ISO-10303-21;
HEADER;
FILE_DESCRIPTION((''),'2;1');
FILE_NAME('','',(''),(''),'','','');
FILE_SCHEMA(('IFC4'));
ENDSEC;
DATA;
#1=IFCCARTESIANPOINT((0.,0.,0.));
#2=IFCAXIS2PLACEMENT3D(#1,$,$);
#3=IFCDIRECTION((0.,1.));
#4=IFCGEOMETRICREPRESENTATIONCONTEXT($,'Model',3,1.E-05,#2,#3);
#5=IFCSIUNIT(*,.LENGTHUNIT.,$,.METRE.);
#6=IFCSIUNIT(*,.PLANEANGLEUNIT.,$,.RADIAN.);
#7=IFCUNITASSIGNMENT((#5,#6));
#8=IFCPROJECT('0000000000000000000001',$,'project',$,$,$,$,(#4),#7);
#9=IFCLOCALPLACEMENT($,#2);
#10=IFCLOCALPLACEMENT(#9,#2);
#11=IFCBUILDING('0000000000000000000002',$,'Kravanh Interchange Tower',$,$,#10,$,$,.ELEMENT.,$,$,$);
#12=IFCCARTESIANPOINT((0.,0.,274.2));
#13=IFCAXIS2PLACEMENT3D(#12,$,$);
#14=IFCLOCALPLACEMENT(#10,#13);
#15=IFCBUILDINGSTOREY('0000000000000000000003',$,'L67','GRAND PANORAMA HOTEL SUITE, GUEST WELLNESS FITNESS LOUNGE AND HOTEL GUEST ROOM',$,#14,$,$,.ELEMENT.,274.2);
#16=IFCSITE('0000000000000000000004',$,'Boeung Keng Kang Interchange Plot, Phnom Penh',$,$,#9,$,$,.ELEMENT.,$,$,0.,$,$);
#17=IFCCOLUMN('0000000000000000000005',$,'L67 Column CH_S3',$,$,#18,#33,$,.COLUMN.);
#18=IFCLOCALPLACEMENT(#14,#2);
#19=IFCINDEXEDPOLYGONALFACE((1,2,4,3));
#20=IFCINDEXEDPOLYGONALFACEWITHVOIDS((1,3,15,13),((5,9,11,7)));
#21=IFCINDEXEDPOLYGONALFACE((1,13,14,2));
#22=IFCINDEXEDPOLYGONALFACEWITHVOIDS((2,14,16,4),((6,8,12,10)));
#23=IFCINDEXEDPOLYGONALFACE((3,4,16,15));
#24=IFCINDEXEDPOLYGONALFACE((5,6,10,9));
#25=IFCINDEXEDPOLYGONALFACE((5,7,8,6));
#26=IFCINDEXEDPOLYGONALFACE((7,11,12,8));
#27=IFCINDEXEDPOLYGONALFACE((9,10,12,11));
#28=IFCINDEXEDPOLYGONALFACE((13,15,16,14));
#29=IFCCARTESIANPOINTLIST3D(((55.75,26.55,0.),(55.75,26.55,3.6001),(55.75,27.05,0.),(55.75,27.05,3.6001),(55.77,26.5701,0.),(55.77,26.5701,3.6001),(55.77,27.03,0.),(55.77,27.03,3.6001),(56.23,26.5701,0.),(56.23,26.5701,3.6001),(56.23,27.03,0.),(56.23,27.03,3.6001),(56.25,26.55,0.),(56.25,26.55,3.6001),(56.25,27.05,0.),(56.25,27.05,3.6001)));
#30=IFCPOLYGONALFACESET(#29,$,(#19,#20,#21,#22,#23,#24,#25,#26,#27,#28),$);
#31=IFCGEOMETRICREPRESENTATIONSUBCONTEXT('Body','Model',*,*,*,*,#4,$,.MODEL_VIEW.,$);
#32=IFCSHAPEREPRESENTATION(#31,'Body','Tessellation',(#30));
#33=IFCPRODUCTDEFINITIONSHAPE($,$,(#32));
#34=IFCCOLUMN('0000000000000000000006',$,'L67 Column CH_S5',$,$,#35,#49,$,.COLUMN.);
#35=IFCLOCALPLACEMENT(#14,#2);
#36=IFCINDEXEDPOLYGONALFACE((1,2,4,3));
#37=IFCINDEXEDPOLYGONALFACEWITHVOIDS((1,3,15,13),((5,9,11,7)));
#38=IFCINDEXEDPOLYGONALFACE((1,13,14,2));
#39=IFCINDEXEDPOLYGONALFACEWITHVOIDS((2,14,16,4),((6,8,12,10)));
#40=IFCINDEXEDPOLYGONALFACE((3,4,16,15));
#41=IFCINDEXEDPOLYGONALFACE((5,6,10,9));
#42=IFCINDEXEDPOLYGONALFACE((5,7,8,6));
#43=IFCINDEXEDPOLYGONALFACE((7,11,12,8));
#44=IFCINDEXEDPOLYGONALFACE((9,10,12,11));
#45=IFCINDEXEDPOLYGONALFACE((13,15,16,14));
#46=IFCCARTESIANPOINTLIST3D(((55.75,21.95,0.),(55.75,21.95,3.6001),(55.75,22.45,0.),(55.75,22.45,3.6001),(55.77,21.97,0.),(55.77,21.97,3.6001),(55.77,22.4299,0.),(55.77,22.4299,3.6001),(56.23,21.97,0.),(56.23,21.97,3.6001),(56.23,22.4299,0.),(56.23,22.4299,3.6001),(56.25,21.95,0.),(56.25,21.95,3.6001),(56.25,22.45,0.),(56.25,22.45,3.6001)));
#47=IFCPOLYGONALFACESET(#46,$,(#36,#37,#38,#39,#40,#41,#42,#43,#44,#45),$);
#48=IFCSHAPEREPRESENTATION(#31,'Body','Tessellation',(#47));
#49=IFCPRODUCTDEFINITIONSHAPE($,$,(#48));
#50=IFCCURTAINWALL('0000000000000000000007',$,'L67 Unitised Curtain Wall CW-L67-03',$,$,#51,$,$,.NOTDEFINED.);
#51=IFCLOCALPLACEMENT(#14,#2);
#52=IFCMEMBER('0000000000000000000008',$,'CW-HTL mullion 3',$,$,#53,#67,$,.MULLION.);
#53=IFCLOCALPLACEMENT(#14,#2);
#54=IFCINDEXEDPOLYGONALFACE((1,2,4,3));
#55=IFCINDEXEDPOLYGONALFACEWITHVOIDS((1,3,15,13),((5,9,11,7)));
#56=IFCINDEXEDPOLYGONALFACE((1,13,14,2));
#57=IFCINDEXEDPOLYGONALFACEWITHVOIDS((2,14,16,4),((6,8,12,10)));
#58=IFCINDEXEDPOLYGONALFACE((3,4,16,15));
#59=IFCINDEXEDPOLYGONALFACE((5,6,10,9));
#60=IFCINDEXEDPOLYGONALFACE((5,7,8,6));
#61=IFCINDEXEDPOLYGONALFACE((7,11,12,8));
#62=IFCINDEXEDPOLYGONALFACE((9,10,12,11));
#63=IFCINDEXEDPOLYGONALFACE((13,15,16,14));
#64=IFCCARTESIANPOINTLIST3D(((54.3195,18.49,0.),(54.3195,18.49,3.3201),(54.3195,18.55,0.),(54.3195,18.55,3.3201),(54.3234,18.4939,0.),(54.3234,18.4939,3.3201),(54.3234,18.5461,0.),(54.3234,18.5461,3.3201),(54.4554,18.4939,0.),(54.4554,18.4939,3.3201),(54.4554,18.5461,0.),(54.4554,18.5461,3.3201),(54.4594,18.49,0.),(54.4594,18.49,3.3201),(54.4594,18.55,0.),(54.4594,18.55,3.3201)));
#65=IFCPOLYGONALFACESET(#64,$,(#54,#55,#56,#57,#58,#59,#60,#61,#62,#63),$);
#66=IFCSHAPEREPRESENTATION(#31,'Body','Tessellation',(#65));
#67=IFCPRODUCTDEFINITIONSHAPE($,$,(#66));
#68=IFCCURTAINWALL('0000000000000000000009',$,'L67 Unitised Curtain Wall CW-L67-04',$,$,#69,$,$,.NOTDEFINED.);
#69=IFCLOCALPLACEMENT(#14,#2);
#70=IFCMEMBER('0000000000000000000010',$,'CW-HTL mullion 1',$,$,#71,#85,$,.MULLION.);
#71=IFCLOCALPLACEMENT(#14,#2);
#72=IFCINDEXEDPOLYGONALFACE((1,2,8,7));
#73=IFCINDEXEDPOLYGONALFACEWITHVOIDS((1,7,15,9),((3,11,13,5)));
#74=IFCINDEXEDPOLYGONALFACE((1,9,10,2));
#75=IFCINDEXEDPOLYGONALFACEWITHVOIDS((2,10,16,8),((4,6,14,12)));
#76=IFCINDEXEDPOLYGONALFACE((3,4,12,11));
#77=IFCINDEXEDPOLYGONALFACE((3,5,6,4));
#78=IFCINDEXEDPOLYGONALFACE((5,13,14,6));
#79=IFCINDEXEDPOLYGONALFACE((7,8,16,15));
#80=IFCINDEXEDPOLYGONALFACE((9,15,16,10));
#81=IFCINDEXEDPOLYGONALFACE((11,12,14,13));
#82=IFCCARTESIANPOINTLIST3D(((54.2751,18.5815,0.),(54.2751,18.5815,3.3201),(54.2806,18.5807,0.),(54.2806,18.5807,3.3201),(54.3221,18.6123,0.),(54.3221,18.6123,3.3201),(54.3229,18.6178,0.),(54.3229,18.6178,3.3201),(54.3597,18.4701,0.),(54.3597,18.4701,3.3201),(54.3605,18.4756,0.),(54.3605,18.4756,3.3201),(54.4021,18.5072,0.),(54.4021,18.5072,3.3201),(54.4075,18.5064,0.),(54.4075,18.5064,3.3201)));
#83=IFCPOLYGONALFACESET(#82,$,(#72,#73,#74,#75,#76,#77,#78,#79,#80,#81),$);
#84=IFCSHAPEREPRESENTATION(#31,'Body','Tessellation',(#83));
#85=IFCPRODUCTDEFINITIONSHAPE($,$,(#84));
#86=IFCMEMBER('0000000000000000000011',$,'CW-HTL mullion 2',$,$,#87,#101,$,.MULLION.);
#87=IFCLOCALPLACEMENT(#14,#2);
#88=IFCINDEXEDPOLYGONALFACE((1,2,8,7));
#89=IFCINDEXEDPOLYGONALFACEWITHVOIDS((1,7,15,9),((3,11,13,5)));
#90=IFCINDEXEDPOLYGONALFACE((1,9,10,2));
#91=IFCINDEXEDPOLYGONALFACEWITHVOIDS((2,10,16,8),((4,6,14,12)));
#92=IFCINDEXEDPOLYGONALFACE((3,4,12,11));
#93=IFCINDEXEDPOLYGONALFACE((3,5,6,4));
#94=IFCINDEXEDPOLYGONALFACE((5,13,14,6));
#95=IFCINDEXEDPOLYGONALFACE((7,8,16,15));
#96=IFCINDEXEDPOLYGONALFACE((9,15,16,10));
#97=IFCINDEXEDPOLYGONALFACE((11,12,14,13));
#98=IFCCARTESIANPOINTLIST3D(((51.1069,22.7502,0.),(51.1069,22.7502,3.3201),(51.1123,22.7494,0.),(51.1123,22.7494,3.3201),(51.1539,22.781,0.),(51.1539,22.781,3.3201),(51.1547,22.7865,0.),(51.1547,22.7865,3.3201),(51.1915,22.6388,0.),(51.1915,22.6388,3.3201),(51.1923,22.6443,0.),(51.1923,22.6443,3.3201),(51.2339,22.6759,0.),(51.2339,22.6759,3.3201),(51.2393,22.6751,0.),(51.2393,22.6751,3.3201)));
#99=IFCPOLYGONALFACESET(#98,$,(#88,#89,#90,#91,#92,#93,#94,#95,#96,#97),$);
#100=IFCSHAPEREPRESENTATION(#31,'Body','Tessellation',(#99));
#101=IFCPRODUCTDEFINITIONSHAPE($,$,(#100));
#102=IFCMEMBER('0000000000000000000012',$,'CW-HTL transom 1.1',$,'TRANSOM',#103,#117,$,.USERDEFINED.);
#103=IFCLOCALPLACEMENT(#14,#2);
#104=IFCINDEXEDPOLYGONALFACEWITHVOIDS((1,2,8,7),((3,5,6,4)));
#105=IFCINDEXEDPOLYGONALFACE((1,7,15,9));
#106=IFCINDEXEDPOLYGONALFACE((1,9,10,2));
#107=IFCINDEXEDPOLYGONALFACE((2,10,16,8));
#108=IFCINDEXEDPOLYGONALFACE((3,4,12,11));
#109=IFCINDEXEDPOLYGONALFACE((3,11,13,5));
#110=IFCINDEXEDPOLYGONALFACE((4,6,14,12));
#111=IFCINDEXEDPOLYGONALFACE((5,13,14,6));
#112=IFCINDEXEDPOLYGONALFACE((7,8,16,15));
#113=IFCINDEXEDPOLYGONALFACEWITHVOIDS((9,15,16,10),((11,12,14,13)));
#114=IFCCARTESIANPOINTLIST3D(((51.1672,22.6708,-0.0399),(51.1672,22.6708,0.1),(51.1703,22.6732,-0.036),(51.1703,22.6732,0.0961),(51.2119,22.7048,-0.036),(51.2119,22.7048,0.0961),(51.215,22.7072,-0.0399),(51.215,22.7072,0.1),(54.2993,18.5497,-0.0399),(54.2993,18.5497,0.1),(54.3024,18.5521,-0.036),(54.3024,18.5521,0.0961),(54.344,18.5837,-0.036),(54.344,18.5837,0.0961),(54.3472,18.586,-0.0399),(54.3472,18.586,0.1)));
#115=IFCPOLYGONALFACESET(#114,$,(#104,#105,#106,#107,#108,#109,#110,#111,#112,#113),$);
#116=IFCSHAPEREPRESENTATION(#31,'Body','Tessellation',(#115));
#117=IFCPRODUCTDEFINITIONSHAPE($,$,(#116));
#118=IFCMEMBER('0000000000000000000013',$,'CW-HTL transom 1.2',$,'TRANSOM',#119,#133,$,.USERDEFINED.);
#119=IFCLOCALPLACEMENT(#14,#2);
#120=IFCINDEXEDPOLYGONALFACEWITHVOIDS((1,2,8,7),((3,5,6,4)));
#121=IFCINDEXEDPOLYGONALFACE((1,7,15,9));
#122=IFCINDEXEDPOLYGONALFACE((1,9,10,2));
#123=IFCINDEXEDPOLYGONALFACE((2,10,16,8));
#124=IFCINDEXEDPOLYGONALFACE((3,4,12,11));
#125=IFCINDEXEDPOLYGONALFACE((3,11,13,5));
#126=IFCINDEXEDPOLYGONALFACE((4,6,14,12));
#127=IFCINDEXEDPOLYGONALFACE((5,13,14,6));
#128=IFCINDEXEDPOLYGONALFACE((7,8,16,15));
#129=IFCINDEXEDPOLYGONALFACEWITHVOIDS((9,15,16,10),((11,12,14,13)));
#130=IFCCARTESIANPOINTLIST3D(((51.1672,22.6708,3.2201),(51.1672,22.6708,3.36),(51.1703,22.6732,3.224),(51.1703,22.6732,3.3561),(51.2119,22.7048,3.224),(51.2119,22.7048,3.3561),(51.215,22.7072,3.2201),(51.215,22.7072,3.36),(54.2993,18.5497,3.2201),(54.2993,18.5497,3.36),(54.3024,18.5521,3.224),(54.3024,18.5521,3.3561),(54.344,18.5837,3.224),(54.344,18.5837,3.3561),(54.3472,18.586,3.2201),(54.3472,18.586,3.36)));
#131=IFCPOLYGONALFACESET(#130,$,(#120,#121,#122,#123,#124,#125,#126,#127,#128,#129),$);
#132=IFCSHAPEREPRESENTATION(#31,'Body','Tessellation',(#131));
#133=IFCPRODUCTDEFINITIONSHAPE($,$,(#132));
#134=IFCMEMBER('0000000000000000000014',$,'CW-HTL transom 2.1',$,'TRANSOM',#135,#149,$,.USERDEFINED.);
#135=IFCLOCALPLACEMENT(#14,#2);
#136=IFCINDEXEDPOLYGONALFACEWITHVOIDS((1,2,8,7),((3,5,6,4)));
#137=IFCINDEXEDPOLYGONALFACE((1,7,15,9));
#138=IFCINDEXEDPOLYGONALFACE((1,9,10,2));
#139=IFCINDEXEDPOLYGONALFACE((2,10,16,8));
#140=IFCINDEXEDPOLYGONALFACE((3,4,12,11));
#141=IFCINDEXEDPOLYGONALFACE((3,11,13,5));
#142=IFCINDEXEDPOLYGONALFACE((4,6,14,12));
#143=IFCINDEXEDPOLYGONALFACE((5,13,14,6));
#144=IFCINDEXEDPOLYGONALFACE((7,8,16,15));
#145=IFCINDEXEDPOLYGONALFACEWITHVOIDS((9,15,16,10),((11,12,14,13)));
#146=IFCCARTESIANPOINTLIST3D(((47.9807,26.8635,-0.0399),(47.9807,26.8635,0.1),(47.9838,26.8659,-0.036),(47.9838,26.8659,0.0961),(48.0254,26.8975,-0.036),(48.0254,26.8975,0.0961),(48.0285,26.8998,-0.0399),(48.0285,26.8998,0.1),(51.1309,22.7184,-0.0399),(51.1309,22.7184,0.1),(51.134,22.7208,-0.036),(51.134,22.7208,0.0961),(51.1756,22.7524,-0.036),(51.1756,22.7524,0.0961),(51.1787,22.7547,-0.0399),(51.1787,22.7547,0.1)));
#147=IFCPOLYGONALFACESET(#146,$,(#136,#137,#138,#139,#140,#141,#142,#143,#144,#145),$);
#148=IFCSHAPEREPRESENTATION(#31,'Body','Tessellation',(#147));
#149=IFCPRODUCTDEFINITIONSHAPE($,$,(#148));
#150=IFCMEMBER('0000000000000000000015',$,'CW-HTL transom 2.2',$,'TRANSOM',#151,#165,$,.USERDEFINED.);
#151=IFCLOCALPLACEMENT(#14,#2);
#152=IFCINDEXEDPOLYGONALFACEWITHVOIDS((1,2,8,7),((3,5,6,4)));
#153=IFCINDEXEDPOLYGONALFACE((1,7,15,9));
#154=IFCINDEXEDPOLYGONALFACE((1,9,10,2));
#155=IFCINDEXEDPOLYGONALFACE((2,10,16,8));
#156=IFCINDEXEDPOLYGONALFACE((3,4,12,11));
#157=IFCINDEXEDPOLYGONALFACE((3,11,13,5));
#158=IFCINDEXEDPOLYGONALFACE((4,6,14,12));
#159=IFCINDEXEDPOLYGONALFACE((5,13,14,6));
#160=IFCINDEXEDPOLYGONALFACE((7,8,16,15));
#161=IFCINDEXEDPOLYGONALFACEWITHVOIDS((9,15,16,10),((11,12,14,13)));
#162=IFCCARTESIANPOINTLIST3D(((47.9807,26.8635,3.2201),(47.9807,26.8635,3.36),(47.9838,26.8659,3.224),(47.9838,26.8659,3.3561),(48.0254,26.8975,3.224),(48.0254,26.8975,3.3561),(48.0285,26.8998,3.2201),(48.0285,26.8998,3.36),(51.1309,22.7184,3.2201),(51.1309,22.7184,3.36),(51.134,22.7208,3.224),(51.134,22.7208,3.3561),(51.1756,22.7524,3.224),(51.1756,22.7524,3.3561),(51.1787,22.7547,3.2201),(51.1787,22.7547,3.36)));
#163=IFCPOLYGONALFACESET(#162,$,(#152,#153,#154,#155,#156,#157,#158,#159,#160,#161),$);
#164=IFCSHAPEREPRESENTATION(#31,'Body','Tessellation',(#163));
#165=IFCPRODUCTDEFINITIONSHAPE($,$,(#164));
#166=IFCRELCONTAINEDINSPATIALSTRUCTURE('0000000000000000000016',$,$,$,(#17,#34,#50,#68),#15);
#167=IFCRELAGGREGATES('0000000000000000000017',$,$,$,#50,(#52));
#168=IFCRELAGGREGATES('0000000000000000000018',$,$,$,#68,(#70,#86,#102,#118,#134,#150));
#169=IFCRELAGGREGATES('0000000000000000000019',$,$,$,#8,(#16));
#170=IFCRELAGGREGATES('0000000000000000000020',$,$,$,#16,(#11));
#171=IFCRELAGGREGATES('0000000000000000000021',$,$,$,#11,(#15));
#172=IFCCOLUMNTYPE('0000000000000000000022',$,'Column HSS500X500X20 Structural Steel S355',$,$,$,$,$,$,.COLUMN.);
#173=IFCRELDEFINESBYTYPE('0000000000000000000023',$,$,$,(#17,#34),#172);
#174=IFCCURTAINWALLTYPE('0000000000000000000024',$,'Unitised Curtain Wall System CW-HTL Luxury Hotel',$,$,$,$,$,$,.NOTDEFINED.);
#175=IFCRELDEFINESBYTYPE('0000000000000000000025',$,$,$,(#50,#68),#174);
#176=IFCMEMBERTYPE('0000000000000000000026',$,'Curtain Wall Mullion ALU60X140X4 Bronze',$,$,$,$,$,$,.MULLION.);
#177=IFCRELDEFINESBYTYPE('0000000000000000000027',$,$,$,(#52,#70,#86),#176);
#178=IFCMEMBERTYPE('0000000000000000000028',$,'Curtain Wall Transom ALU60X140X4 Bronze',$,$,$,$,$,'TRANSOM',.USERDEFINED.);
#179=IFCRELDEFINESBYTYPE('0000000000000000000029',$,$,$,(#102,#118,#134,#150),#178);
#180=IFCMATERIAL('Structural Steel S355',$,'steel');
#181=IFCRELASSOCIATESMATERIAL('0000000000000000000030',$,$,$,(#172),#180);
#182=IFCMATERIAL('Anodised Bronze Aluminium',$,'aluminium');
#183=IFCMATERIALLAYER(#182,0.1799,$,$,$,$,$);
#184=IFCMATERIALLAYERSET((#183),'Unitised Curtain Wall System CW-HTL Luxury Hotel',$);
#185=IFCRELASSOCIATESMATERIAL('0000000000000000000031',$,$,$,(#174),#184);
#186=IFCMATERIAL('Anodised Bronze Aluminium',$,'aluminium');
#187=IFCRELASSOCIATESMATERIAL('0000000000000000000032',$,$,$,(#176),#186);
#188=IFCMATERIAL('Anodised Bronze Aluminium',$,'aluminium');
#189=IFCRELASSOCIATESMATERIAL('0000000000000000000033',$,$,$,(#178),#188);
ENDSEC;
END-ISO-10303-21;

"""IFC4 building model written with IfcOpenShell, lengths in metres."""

from ifc_helpers import new_model, si_unit, direction, frame, origin, origin_2d, place, context, subcontext, project, spatial, hollow_rectangle, extrude, material, layer, layer_set, material_profile, profile_set, type_object, element, aggregate, save


model = new_model("IFC4")

# Units and contexts
model_context = context("Model", 3, precision=1e-05, world=origin(), true_north=direction((0.0, 1.0)))
body_context = subcontext(model_context, "Body", "Model", "MODEL_VIEW")
ifc_project = project(units=[si_unit("LENGTHUNIT", "METRE"), si_unit("PLANEANGLEUNIT", "RADIAN")], contexts=[model_context])

# Site, building, storey
site_placement = place(None, origin())
site = spatial("IfcSite", under=ifc_project, at=site_placement, Name="Boeung Keng Kang Interchange Plot, Phnom Penh", CompositionType="ELEMENT", RefElevation=0.0)
building_placement = place(site_placement, origin())
building = spatial("IfcBuilding", under=site, at=building_placement, Name="Kravanh Interchange Tower", CompositionType="ELEMENT")
storey_placement = place(building_placement, frame((0.0, 0.0, 274.2)))
storey = spatial("IfcBuildingStorey", under=building, at=storey_placement, Name="L67", Description="GRAND PANORAMA HOTEL SUITE, GUEST WELLNESS FITNESS LOUNGE AND HOTEL GUEST ROOM", CompositionType="ELEMENT", Elevation=274.2)

# Columns
ifc_material_1 = material(Name="Structural Steel S355", Category="steel")
ifc_material_profile_1 = material_profile(ifc_material_1, hollow_rectangle(XDim=0.5, YDim=0.5, WallThickness=0.02, at=origin_2d()), Name="HSS500X500X20")
ifc_profile_set_1 = profile_set([ifc_material_profile_1], Name="Structural Steel S355")
column_type = type_object("IfcColumnType", Name="Column HSS500X500X20 Structural Steel S355", PredefinedType="COLUMN", material=ifc_profile_set_1)
for number, where, z_axis, x_axis, name in (
    (1, (56.0, 26.8, 0.0), (0.0, 0.0, 1.0), (1.0, 0.0, 0.0), "L67 Column CH_S3"),
    (2, (56.0, 22.2, 0.0), (0.0, 0.0, 1.0), (1.0, 0.0, 0.0), "L67 Column CH_S5"),
):
    element("IfcColumn", number, at=place(storey_placement, frame(where, z_axis=z_axis, x_axis=x_axis)), inside=storey, type_object=column_type, Name=name, PredefinedType="COLUMN", context=body_context, shape_type="SweptSolid", body=[
        extrude(hollow_rectangle(XDim=0.5, YDim=0.5, WallThickness=0.02, at=origin_2d()), origin(), (0.0, 0.0, 1.0), 3.6001),
    ])

# Curtain wall, member
ifc_material_2 = material(Name="Anodised Bronze Aluminium", Category="aluminium")
ifc_layer_1 = layer(ifc_material_2, 0.1799)
ifc_layer_set_1 = layer_set([ifc_layer_1], Name="Unitised Curtain Wall System CW-HTL Luxury Hotel")
curtain_wall_type = type_object("IfcCurtainWallType", Name="Unitised Curtain Wall System CW-HTL Luxury Hotel", PredefinedType="NOTDEFINED", material=ifc_layer_set_1)
curtain_wall_1_placement = place(storey_placement, origin())
curtain_wall_1 = element("IfcCurtainWall", 3, at=curtain_wall_1_placement, inside=storey, type_object=curtain_wall_type, Name="L67 Unitised Curtain Wall CW-L67-03", PredefinedType="NOTDEFINED")
ifc_material_3 = material(Name="Anodised Bronze Aluminium", Category="aluminium")
ifc_material_profile_2 = material_profile(ifc_material_3, hollow_rectangle(XDim=0.0601, YDim=0.1399, WallThickness=0.0039, at=origin_2d()), Name="ALU60X140X4")
ifc_profile_set_2 = profile_set([ifc_material_profile_2], Name="Anodised Bronze Aluminium")
member_type_1 = type_object("IfcMemberType", Name="Curtain Wall Mullion ALU60X140X4 Bronze", PredefinedType="MULLION", material=ifc_profile_set_2)
member_1_placement = place(storey_placement, frame((54.3894, 18.52, 0.0), z_axis=(0.0, 0.0, 1.0), x_axis=(0.0, -1.0, 0.0)))
member_1 = element("IfcMember", 4, at=member_1_placement, type_object=member_type_1, Name="CW-HTL mullion 3", PredefinedType="MULLION", context=body_context, shape_type="SweptSolid", body=[
    extrude(hollow_rectangle(XDim=0.0601, YDim=0.1399, WallThickness=0.0039, at=origin_2d()), origin(), (0.0, 0.0, 1.0), 3.3201),
])

# Curtain wall, members
curtain_wall_2_placement = place(storey_placement, origin())
curtain_wall_2 = element("IfcCurtainWall", 5, at=curtain_wall_2_placement, inside=storey, type_object=curtain_wall_type, Name="L67 Unitised Curtain Wall CW-L67-04", PredefinedType="NOTDEFINED")
member_2_placement = place(storey_placement, frame((54.3413, 18.5439, 0.0), z_axis=(0.0, 0.0, 1.0), x_axis=(-0.796162, -0.605083, 0.0)))
member_2 = element("IfcMember", 6, at=member_2_placement, type_object=member_type_1, Name="CW-HTL mullion 1", PredefinedType="MULLION", context=body_context, shape_type="SweptSolid", body=[
    extrude(hollow_rectangle(XDim=0.0601, YDim=0.1399, WallThickness=0.0039, at=origin_2d()), origin(), (0.0, 0.0, 1.0), 3.3201),
])
member_3_placement = place(storey_placement, frame((51.1731, 22.7126, 0.0), z_axis=(0.0, 0.0, 1.0), x_axis=(-0.796162, -0.605083, 0.0)))
member_3 = element("IfcMember", 7, at=member_3_placement, type_object=member_type_1, Name="CW-HTL mullion 2", PredefinedType="MULLION", context=body_context, shape_type="SweptSolid", body=[
    extrude(hollow_rectangle(XDim=0.0601, YDim=0.1399, WallThickness=0.0039, at=origin_2d()), origin(), (0.0, 0.0, 1.0), 3.3201),
])
ifc_material_4 = material(Name="Anodised Bronze Aluminium", Category="aluminium")
ifc_material_profile_3 = material_profile(ifc_material_4, hollow_rectangle(XDim=0.0601, YDim=0.1399, WallThickness=0.0039, at=origin_2d()), Name="ALU60X140X4")
ifc_profile_set_3 = profile_set([ifc_material_profile_3], Name="Anodised Bronze Aluminium")
member_type_2 = type_object("IfcMemberType", Name="Curtain Wall Transom ALU60X140X4 Bronze", ElementType="TRANSOM", PredefinedType="USERDEFINED", material=ifc_profile_set_3)
member_4_placement = place(storey_placement, frame((54.3232, 18.5679, 0.03), z_axis=(-0.605089, 0.796158, 0.0), x_axis=(-0.796158, -0.605089, 0.0)))
member_4 = element("IfcMember", 8, at=member_4_placement, type_object=member_type_2, Name="CW-HTL transom 1.1", ObjectType="TRANSOM", PredefinedType="USERDEFINED", context=body_context, shape_type="SweptSolid", body=[
    extrude(hollow_rectangle(XDim=0.0601, YDim=0.1399, WallThickness=0.0039, at=origin_2d()), origin(), (0.0, 0.0, 1.0), 5.1763),
])
member_5_placement = place(storey_placement, frame((54.3232, 18.5679, 3.29), z_axis=(-0.605089, 0.796158, 0.0), x_axis=(-0.796158, -0.605089, 0.0)))
member_5 = element("IfcMember", 9, at=member_5_placement, type_object=member_type_2, Name="CW-HTL transom 1.2", ObjectType="TRANSOM", PredefinedType="USERDEFINED", context=body_context, shape_type="SweptSolid", body=[
    extrude(hollow_rectangle(XDim=0.0601, YDim=0.1399, WallThickness=0.0039, at=origin_2d()), origin(), (0.0, 0.0, 1.0), 5.1763),
])
member_6_placement = place(storey_placement, frame((51.1548, 22.7366, 0.03), z_axis=(-0.605075, 0.796169, 0.0), x_axis=(-0.796169, -0.605075, 0.0)))
member_6 = element("IfcMember", 10, at=member_6_placement, type_object=member_type_2, Name="CW-HTL transom 2.1", ObjectType="TRANSOM", PredefinedType="USERDEFINED", context=body_context, shape_type="SweptSolid", body=[
    extrude(hollow_rectangle(XDim=0.0601, YDim=0.1399, WallThickness=0.0039, at=origin_2d()), origin(), (0.0, 0.0, 1.0), 5.2063),
])
member_7_placement = place(storey_placement, frame((51.1548, 22.7366, 3.29), z_axis=(-0.605075, 0.796169, 0.0), x_axis=(-0.796169, -0.605075, 0.0)))
member_7 = element("IfcMember", 11, at=member_7_placement, type_object=member_type_2, Name="CW-HTL transom 2.2", ObjectType="TRANSOM", PredefinedType="USERDEFINED", context=body_context, shape_type="SweptSolid", body=[
    extrude(hollow_rectangle(XDim=0.0601, YDim=0.1399, WallThickness=0.0039, at=origin_2d()), origin(), (0.0, 0.0, 1.0), 5.2063),
])

aggregate(curtain_wall_1, [member_1])
aggregate(curtain_wall_2, [member_2, member_3, member_4, member_5, member_6, member_7])

save(model, "model.ifc")
